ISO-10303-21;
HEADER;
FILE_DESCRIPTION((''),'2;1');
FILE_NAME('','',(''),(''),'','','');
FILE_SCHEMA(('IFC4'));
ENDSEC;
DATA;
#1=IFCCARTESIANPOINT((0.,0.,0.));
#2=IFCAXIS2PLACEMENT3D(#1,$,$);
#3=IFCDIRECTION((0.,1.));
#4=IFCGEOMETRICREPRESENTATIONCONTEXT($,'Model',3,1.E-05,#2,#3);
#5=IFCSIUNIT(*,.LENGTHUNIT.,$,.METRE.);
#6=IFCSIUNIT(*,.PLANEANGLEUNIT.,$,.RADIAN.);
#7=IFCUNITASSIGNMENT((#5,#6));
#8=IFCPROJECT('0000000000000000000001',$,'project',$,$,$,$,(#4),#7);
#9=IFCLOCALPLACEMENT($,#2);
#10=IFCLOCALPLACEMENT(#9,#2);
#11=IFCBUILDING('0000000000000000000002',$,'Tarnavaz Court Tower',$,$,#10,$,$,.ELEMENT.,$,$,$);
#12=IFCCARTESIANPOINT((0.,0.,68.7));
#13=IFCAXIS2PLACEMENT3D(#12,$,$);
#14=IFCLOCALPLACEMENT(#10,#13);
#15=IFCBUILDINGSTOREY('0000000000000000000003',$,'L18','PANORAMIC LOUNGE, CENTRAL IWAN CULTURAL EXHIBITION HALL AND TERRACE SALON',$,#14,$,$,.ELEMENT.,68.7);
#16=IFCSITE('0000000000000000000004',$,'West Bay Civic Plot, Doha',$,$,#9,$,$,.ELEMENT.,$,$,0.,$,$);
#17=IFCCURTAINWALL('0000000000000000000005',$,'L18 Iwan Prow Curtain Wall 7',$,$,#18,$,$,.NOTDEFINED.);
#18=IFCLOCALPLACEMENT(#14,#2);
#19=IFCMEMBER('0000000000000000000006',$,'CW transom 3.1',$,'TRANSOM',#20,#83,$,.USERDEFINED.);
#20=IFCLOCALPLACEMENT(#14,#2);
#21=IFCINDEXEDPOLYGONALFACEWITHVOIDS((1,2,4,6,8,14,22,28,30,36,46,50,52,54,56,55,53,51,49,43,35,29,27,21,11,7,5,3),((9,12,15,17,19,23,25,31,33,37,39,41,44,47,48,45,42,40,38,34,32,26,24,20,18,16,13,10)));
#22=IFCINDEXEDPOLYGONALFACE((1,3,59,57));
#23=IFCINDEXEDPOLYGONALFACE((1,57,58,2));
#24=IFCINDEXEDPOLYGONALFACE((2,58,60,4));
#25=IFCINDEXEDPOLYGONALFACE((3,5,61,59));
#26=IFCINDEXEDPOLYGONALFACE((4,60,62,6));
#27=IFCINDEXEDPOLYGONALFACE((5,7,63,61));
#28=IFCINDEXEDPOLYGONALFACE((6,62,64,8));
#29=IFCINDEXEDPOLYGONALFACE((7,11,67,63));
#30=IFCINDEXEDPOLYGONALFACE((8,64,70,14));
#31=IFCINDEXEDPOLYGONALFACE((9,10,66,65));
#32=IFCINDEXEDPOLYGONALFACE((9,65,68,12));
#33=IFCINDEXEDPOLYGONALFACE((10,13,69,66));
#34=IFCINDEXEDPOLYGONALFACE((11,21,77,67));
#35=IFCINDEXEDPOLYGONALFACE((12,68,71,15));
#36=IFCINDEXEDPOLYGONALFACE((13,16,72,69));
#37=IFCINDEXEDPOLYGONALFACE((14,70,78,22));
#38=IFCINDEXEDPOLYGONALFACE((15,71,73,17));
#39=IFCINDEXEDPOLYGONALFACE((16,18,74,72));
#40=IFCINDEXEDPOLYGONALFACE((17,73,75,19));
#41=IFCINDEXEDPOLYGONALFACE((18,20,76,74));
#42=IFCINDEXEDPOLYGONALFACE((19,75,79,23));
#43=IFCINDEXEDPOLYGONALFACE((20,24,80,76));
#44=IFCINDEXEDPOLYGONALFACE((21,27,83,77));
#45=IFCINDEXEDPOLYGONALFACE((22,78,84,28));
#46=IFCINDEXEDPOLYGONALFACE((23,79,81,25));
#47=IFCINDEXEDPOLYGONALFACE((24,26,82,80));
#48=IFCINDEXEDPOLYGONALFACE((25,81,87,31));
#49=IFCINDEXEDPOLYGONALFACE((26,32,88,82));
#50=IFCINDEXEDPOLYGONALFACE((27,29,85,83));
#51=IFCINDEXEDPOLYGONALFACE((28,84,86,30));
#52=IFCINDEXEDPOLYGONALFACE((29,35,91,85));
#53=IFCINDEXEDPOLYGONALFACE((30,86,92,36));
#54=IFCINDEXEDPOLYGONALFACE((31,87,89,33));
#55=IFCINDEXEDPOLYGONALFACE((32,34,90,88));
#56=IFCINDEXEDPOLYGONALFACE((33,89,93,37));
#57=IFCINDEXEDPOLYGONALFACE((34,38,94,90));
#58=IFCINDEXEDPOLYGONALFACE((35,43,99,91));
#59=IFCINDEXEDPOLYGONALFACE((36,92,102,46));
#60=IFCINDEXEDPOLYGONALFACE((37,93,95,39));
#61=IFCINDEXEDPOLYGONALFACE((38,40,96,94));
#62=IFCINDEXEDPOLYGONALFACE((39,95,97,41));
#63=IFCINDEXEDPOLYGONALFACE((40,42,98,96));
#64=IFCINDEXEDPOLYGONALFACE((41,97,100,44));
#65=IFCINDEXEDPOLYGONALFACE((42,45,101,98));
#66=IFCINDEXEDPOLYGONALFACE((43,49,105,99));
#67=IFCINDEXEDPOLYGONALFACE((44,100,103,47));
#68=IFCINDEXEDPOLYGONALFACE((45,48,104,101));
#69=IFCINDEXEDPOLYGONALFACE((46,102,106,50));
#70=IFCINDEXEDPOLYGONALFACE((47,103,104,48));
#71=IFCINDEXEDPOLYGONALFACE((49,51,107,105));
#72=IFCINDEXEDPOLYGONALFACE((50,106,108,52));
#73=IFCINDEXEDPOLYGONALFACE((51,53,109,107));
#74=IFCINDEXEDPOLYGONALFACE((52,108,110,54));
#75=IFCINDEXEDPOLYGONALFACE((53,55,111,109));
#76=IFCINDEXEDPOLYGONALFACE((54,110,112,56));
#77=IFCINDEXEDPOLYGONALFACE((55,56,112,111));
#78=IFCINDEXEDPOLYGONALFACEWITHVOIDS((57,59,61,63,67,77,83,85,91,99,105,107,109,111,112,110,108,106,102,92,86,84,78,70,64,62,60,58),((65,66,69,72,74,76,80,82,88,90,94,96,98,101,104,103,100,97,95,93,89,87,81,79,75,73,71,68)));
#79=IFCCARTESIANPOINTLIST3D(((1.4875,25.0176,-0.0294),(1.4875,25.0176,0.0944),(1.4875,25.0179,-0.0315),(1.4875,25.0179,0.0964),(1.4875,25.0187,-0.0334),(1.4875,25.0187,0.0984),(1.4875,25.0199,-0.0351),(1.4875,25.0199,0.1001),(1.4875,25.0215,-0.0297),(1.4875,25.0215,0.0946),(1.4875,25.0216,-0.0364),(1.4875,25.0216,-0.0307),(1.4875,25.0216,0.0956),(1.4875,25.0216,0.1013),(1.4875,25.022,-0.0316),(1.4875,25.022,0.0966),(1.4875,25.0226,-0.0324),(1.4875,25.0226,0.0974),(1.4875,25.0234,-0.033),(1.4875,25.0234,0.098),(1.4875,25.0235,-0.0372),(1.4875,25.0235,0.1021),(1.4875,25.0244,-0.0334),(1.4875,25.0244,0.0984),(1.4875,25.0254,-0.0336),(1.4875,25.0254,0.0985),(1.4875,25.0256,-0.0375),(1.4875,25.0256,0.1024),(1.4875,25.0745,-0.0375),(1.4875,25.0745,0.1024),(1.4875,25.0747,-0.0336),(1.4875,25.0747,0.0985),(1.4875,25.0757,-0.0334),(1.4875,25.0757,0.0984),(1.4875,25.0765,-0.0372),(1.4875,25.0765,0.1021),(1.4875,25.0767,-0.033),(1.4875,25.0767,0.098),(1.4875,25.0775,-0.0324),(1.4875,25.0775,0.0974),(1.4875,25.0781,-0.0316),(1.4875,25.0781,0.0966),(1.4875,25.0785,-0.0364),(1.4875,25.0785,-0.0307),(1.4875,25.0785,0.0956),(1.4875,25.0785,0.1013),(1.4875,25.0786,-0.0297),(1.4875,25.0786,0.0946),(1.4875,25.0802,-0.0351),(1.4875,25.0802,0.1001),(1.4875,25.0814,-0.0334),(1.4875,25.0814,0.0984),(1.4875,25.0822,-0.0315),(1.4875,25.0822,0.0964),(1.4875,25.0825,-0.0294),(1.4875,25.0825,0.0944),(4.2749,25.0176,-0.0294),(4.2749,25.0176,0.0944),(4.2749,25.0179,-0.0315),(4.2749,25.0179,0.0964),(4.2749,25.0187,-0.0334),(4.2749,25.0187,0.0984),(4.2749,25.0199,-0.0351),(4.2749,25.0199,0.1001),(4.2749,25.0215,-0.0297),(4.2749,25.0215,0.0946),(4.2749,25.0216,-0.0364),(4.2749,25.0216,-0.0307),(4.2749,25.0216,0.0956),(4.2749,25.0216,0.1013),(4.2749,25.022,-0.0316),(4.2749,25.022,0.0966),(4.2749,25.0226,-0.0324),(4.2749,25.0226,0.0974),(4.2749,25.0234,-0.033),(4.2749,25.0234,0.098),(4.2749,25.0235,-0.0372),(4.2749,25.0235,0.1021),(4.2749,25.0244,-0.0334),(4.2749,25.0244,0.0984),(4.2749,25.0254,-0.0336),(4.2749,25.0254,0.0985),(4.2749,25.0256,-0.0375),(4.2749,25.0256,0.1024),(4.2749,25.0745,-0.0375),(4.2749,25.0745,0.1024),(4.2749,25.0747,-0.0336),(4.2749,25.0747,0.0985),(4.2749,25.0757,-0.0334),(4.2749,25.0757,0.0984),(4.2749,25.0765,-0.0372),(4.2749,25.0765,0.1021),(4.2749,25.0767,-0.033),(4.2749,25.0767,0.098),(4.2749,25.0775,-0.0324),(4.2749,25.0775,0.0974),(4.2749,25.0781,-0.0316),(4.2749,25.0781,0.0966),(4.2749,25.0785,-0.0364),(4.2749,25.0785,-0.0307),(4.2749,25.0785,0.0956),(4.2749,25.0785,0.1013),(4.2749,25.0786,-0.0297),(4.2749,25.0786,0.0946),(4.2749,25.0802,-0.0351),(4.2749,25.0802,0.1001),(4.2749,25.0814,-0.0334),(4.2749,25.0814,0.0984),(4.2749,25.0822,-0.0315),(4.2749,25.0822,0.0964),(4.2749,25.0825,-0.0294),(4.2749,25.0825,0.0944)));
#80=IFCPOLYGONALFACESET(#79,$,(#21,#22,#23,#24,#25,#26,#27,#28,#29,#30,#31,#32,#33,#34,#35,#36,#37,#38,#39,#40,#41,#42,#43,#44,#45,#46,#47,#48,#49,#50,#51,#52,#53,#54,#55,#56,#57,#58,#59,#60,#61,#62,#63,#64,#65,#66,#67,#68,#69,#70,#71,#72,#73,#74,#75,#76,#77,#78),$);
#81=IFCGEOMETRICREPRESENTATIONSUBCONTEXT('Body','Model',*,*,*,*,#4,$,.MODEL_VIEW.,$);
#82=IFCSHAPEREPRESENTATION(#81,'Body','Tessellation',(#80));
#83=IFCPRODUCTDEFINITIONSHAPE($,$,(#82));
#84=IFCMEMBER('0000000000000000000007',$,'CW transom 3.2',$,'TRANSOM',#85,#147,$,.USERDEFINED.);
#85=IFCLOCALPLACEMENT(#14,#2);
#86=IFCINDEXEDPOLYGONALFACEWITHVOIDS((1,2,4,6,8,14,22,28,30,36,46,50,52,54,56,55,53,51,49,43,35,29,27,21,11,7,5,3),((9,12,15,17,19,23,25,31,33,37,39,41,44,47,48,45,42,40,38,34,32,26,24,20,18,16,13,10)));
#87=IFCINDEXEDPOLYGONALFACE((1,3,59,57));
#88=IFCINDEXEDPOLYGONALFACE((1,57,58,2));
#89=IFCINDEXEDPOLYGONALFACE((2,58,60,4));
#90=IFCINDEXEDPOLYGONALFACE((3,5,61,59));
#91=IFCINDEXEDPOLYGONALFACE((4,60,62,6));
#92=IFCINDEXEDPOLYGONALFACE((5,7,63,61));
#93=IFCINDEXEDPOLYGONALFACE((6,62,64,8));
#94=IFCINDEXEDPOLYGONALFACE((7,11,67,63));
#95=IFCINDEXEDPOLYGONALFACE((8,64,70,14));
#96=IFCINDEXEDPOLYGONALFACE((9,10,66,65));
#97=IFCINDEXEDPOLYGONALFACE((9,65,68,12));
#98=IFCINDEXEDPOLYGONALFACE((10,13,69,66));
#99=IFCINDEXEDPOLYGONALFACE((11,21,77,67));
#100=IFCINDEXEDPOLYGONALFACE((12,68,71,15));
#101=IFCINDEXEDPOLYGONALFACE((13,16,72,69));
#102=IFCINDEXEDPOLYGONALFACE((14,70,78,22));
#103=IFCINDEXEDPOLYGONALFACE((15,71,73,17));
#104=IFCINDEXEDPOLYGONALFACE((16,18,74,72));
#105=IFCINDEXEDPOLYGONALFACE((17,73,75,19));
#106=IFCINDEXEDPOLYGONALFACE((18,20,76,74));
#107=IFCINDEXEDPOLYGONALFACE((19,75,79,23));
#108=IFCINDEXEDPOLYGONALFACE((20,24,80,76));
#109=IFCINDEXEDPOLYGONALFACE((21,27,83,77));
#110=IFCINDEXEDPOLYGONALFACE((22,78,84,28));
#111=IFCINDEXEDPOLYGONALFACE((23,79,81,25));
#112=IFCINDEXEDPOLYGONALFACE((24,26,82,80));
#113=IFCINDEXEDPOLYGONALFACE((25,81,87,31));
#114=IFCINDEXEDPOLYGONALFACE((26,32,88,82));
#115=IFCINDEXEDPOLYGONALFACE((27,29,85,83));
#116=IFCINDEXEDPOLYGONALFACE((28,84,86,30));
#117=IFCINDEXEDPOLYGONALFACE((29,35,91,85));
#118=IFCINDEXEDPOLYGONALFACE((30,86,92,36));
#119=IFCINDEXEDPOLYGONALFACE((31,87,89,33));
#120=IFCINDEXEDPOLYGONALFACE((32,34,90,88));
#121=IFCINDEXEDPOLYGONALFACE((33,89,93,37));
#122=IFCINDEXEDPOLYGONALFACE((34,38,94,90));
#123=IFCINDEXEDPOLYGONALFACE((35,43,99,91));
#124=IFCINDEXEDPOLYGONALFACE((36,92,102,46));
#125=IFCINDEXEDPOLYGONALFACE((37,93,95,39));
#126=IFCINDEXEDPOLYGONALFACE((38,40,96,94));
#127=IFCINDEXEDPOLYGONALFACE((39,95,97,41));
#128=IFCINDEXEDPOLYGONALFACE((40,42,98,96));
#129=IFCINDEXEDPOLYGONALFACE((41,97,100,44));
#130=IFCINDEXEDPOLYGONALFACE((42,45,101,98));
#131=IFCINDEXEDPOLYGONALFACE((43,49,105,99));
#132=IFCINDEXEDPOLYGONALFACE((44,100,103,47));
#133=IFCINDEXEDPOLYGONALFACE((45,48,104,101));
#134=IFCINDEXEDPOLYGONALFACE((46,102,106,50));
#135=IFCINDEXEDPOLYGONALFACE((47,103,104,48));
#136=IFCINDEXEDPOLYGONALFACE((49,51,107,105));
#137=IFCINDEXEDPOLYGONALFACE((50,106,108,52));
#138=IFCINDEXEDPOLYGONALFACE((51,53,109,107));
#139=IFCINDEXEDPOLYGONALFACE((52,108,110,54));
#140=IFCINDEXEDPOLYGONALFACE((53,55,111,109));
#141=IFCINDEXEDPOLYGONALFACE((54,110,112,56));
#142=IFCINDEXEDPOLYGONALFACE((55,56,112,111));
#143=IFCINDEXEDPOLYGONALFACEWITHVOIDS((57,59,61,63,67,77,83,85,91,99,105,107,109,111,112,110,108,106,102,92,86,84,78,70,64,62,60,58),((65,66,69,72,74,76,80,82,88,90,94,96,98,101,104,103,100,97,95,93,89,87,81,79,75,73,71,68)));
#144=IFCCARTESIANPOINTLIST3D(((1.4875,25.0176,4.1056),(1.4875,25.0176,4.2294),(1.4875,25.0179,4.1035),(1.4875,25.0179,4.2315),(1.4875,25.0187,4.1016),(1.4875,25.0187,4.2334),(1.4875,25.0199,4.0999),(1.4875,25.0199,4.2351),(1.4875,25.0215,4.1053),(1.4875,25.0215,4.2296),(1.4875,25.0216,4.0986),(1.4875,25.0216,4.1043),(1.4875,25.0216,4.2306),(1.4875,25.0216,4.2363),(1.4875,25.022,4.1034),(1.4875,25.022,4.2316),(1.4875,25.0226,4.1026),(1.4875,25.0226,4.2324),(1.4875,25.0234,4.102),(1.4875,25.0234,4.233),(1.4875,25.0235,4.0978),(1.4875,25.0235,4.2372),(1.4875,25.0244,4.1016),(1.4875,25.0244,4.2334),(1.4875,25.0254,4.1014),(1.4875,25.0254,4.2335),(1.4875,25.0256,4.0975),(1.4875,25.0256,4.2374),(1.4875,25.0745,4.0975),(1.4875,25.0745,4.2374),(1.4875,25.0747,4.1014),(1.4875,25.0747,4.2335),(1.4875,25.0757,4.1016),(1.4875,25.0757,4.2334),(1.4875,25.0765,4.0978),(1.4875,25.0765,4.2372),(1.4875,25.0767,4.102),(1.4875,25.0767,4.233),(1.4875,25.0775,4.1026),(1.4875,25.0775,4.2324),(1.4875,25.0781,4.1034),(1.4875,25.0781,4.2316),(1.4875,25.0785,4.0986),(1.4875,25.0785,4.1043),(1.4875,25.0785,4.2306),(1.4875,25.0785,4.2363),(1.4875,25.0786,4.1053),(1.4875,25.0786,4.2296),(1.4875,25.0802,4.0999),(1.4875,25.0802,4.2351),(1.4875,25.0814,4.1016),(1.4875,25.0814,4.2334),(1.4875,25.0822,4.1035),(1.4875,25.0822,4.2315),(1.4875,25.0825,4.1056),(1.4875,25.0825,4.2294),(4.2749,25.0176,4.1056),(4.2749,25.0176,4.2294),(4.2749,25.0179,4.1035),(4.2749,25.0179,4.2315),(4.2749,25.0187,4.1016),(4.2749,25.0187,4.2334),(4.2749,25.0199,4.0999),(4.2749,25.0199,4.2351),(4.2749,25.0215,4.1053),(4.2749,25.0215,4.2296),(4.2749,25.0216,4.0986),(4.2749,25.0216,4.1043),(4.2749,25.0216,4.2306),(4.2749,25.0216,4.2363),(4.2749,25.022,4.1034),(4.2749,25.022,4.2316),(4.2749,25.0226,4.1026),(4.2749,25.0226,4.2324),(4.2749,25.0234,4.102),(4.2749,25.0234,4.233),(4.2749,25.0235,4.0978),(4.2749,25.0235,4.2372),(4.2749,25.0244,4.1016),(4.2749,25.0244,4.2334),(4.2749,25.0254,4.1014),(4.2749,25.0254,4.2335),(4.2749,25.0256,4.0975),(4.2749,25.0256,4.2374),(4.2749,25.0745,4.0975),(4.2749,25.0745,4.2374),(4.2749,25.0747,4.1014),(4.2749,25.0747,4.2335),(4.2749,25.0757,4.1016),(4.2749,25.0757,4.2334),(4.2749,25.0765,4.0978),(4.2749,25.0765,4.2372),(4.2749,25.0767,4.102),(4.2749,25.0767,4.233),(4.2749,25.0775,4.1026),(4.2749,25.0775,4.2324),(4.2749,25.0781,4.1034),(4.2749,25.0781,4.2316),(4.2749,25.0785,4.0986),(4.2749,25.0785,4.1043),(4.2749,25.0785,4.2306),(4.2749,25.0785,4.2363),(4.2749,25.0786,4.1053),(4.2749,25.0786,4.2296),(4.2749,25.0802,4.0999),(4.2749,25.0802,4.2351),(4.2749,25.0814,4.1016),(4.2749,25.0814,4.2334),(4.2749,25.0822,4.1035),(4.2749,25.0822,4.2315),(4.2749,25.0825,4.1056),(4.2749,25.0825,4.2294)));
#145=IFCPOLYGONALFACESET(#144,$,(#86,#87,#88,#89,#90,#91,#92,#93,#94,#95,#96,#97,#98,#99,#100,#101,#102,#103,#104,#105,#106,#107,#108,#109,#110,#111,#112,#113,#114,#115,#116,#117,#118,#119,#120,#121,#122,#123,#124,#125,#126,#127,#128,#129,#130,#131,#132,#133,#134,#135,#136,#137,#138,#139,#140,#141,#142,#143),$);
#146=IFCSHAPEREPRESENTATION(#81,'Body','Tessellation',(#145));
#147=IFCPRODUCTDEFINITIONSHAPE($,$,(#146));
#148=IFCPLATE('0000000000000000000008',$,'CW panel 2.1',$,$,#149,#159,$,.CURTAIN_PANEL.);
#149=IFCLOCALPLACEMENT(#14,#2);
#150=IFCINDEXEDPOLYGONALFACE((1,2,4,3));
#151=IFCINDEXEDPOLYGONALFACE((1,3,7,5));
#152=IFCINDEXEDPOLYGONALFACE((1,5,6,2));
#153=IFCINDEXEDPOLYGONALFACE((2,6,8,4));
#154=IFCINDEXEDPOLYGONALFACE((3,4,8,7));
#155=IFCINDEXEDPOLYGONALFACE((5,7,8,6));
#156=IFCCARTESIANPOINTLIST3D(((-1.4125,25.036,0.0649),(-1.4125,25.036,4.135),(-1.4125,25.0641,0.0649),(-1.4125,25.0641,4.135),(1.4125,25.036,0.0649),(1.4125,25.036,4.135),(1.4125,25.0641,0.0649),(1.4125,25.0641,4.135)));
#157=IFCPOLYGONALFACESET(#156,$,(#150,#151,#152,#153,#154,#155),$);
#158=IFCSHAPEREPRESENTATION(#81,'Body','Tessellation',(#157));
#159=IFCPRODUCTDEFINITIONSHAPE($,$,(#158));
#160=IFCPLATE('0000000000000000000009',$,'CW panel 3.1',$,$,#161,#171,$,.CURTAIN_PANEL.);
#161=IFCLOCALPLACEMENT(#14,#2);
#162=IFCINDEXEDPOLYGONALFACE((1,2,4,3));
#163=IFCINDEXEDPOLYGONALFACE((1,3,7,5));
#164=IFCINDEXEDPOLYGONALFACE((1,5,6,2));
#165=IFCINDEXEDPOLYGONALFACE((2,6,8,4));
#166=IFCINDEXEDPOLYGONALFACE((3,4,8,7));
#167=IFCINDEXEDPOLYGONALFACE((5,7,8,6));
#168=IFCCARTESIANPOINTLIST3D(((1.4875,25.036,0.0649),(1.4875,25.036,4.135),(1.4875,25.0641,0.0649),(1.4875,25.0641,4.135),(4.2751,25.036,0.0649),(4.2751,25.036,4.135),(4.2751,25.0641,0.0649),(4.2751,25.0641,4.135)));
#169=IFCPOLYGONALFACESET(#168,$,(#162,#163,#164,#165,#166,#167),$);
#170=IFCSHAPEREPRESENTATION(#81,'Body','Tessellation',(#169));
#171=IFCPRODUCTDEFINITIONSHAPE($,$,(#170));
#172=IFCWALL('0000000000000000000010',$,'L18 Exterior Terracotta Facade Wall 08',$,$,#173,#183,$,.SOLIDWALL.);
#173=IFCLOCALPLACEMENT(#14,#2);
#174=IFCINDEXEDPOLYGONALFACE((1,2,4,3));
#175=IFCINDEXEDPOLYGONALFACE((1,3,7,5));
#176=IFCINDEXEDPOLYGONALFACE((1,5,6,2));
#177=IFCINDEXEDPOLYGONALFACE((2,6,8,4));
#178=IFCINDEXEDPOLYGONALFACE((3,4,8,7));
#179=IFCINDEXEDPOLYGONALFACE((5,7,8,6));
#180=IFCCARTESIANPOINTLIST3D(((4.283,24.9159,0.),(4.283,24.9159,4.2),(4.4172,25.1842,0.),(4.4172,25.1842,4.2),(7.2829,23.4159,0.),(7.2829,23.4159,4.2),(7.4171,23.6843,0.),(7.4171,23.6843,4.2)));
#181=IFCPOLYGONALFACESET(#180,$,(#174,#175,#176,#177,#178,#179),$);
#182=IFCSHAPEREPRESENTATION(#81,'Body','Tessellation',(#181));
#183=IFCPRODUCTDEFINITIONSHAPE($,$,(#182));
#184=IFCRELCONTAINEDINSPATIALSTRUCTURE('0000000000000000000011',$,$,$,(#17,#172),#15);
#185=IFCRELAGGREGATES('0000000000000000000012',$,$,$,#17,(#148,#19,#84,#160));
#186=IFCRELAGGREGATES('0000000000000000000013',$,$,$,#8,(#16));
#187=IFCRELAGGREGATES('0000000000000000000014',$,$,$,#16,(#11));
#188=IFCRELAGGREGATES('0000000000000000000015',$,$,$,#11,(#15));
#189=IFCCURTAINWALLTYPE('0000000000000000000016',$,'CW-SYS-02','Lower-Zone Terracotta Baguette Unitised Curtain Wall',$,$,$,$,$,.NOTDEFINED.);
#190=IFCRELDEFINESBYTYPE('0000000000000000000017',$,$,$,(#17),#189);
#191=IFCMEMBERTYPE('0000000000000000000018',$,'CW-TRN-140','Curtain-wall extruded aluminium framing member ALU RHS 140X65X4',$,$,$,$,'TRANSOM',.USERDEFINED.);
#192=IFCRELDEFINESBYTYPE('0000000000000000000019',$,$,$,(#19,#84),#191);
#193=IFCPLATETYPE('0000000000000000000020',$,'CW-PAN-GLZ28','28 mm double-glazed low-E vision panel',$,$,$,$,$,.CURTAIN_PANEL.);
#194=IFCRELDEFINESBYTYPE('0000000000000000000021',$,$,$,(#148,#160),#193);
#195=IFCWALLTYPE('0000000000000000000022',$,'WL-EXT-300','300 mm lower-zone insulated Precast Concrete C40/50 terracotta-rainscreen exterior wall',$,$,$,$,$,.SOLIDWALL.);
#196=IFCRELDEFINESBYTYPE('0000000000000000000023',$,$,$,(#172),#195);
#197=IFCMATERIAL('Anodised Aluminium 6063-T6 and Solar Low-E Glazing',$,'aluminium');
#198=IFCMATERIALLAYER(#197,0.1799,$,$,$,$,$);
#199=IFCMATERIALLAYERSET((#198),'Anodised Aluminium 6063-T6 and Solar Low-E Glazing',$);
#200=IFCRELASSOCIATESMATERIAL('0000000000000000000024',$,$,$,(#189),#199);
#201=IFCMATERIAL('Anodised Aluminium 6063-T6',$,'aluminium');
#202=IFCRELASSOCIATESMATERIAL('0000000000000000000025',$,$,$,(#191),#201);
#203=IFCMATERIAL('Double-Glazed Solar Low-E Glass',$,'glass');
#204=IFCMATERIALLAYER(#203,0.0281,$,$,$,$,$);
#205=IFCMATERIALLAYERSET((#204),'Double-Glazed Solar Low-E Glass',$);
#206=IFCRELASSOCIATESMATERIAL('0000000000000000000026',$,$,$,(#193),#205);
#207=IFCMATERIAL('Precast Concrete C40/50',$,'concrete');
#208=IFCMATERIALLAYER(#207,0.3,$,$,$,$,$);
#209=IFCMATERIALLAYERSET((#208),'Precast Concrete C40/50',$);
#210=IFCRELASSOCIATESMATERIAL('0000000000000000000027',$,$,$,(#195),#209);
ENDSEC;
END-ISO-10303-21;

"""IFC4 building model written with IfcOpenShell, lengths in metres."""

from ifc_helpers import new_model, si_unit, direction, frame, frame_2d, origin, origin_2d, place, context, subcontext, project, spatial, rectangle, hollow_rectangle, extrude, material, layer, layer_set, material_profile, profile_set, type_object, element, aggregate, save


model = new_model("IFC4")

# Units and contexts
model_context = context("Model", 3, precision=1e-05, world=origin(), true_north=direction((0.0, 1.0)))
body_context = subcontext(model_context, "Body", "Model", "MODEL_VIEW")
ifc_project = project(units=[si_unit("LENGTHUNIT", "METRE"), si_unit("PLANEANGLEUNIT", "RADIAN")], contexts=[model_context])

# Site, building, storey
site_placement = place(None, origin())
site = spatial("IfcSite", under=ifc_project, at=site_placement, Name="West Bay Civic Plot, Doha", CompositionType="ELEMENT", RefElevation=0.0)
building_placement = place(site_placement, origin())
building = spatial("IfcBuilding", under=site, at=building_placement, Name="Tarnavaz Court Tower", CompositionType="ELEMENT")
storey_placement = place(building_placement, frame((0.0, 0.0, 68.7)))
storey = spatial("IfcBuildingStorey", under=building, at=storey_placement, Name="L18", Description="PANORAMIC LOUNGE, CENTRAL IWAN CULTURAL EXHIBITION HALL AND TERRACE SALON", CompositionType="ELEMENT", Elevation=68.7)

# Curtain wall, members, plates
ifc_material_1 = material(Name="Anodised Aluminium 6063-T6 and Solar Low-E Glazing", Category="aluminium")
ifc_layer_1 = layer(ifc_material_1, 0.1799)
ifc_layer_set_1 = layer_set([ifc_layer_1], Name="Anodised Aluminium 6063-T6 and Solar Low-E Glazing")
curtain_wall_type = type_object("IfcCurtainWallType", Name="CW-SYS-02", Description="Lower-Zone Terracotta Baguette Unitised Curtain Wall", PredefinedType="NOTDEFINED", material=ifc_layer_set_1)
curtain_wall_placement = place(storey_placement, origin())
curtain_wall = element("IfcCurtainWall", 1, at=curtain_wall_placement, inside=storey, type_object=curtain_wall_type, Name="L18 Iwan Prow Curtain Wall 7", PredefinedType="NOTDEFINED")
ifc_material_2 = material(Name="Anodised Aluminium 6063-T6", Category="aluminium")
ifc_material_profile_1 = material_profile(ifc_material_2, hollow_rectangle(XDim=0.0649, YDim=0.1399, WallThickness=0.0039, InnerFilletRadius=0.0039, OuterFilletRadius=0.0081, at=origin_2d()), Name="ALU RHS 140X65X4")
ifc_profile_set_1 = profile_set([ifc_material_profile_1], Name="Anodised Aluminium 6063-T6")
member_type_1 = type_object("IfcMemberType", Name="CW-TRN-140", Description="Curtain-wall extruded aluminium framing member ALU RHS 140X65X4", ElementType="TRANSOM", PredefinedType="USERDEFINED", material=ifc_profile_set_1)
member_1_placement = place(storey_placement, frame((1.4875, 25.05, 0.0325), z_axis=(1.0, 0.0, 0.0), x_axis=(0.0, 1.0, 0.0)))
member_1 = element("IfcMember", 2, at=member_1_placement, type_object=member_type_1, Name="CW transom 3.1", ObjectType="TRANSOM", PredefinedType="USERDEFINED", context=body_context, shape_type="SweptSolid", body=[
    extrude(hollow_rectangle(XDim=0.0649, YDim=0.1399, WallThickness=0.0039, InnerFilletRadius=0.0039, OuterFilletRadius=0.0081, at=origin_2d()), origin(), (0.0, 0.0, 1.0), 2.7874),
])
member_2_placement = place(storey_placement, frame((1.4875, 25.05, 4.1675), z_axis=(1.0, 0.0, 0.0), x_axis=(0.0, 1.0, 0.0)))
member_2 = element("IfcMember", 3, at=member_2_placement, type_object=member_type_1, Name="CW transom 3.2", ObjectType="TRANSOM", PredefinedType="USERDEFINED", context=body_context, shape_type="SweptSolid", body=[
    extrude(hollow_rectangle(XDim=0.0649, YDim=0.1399, WallThickness=0.0039, InnerFilletRadius=0.0039, OuterFilletRadius=0.0081, at=origin_2d()), origin(), (0.0, 0.0, 1.0), 2.7874),
])
ifc_material_3 = material(Name="Double-Glazed Solar Low-E Glass", Category="glass")
ifc_layer_2 = layer(ifc_material_3, 0.0281)
ifc_layer_set_2 = layer_set([ifc_layer_2], Name="Double-Glazed Solar Low-E Glass")
plate_type = type_object("IfcPlateType", Name="CW-PAN-GLZ28", Description="28 mm double-glazed low-E vision panel", PredefinedType="CURTAIN_PANEL", material=ifc_layer_set_2)
plate_1_placement = place(storey_placement, frame((0.0, 25.05, 0.0649), z_axis=(0.0, 0.0, 1.0), x_axis=(1.0, 0.0, 0.0)))
plate_1 = element("IfcPlate", 4, at=plate_1_placement, type_object=plate_type, Name="CW panel 2.1", PredefinedType="CURTAIN_PANEL", context=body_context, shape_type="SweptSolid", body=[
    extrude(rectangle(XDim=2.825, YDim=0.0281, at=origin_2d()), origin(), (0.0, 0.0, 1.0), 4.0701),
])
plate_2_placement = place(storey_placement, frame((2.8813, 25.05, 0.0649), z_axis=(0.0, 0.0, 1.0), x_axis=(1.0, 0.0, 0.0)))
plate_2 = element("IfcPlate", 5, at=plate_2_placement, type_object=plate_type, Name="CW panel 3.1", PredefinedType="CURTAIN_PANEL", context=body_context, shape_type="SweptSolid", body=[
    extrude(rectangle(XDim=2.7876, YDim=0.0281, at=origin_2d()), origin(), (0.0, 0.0, 1.0), 4.0701),
])
aggregate(curtain_wall, [plate_1, member_1, member_2, plate_2])

# Wall
ifc_material_4 = material(Name="Precast Concrete C40/50", Category="concrete")
ifc_layer_3 = layer(ifc_material_4, 0.3)
ifc_layer_set_3 = layer_set([ifc_layer_3], Name="Precast Concrete C40/50")
wall_type_1 = type_object("IfcWallType", Name="WL-EXT-300", Description="300 mm lower-zone insulated Precast Concrete C40/50 terracotta-rainscreen exterior wall", PredefinedType="SOLIDWALL", material=ifc_layer_set_3)
wall_1_placement = place(storey_placement, frame((4.3501, 25.05, 0.0), z_axis=(0.0, 0.0, 1.0), x_axis=(0.894427, -0.447214, 0.0)))
element("IfcWall", 6, at=wall_1_placement, inside=storey, type_object=wall_type_1, Name="L18 Exterior Terracotta Facade Wall 08", PredefinedType="SOLIDWALL", context=body_context, shape_type="SweptSolid", body=[
    extrude(rectangle(XDim=3.354, YDim=0.3, at=frame_2d((1.677, 0.0))), origin(), (0.0, 0.0, 1.0), 4.2),
])

save(model, "model.ifc")
